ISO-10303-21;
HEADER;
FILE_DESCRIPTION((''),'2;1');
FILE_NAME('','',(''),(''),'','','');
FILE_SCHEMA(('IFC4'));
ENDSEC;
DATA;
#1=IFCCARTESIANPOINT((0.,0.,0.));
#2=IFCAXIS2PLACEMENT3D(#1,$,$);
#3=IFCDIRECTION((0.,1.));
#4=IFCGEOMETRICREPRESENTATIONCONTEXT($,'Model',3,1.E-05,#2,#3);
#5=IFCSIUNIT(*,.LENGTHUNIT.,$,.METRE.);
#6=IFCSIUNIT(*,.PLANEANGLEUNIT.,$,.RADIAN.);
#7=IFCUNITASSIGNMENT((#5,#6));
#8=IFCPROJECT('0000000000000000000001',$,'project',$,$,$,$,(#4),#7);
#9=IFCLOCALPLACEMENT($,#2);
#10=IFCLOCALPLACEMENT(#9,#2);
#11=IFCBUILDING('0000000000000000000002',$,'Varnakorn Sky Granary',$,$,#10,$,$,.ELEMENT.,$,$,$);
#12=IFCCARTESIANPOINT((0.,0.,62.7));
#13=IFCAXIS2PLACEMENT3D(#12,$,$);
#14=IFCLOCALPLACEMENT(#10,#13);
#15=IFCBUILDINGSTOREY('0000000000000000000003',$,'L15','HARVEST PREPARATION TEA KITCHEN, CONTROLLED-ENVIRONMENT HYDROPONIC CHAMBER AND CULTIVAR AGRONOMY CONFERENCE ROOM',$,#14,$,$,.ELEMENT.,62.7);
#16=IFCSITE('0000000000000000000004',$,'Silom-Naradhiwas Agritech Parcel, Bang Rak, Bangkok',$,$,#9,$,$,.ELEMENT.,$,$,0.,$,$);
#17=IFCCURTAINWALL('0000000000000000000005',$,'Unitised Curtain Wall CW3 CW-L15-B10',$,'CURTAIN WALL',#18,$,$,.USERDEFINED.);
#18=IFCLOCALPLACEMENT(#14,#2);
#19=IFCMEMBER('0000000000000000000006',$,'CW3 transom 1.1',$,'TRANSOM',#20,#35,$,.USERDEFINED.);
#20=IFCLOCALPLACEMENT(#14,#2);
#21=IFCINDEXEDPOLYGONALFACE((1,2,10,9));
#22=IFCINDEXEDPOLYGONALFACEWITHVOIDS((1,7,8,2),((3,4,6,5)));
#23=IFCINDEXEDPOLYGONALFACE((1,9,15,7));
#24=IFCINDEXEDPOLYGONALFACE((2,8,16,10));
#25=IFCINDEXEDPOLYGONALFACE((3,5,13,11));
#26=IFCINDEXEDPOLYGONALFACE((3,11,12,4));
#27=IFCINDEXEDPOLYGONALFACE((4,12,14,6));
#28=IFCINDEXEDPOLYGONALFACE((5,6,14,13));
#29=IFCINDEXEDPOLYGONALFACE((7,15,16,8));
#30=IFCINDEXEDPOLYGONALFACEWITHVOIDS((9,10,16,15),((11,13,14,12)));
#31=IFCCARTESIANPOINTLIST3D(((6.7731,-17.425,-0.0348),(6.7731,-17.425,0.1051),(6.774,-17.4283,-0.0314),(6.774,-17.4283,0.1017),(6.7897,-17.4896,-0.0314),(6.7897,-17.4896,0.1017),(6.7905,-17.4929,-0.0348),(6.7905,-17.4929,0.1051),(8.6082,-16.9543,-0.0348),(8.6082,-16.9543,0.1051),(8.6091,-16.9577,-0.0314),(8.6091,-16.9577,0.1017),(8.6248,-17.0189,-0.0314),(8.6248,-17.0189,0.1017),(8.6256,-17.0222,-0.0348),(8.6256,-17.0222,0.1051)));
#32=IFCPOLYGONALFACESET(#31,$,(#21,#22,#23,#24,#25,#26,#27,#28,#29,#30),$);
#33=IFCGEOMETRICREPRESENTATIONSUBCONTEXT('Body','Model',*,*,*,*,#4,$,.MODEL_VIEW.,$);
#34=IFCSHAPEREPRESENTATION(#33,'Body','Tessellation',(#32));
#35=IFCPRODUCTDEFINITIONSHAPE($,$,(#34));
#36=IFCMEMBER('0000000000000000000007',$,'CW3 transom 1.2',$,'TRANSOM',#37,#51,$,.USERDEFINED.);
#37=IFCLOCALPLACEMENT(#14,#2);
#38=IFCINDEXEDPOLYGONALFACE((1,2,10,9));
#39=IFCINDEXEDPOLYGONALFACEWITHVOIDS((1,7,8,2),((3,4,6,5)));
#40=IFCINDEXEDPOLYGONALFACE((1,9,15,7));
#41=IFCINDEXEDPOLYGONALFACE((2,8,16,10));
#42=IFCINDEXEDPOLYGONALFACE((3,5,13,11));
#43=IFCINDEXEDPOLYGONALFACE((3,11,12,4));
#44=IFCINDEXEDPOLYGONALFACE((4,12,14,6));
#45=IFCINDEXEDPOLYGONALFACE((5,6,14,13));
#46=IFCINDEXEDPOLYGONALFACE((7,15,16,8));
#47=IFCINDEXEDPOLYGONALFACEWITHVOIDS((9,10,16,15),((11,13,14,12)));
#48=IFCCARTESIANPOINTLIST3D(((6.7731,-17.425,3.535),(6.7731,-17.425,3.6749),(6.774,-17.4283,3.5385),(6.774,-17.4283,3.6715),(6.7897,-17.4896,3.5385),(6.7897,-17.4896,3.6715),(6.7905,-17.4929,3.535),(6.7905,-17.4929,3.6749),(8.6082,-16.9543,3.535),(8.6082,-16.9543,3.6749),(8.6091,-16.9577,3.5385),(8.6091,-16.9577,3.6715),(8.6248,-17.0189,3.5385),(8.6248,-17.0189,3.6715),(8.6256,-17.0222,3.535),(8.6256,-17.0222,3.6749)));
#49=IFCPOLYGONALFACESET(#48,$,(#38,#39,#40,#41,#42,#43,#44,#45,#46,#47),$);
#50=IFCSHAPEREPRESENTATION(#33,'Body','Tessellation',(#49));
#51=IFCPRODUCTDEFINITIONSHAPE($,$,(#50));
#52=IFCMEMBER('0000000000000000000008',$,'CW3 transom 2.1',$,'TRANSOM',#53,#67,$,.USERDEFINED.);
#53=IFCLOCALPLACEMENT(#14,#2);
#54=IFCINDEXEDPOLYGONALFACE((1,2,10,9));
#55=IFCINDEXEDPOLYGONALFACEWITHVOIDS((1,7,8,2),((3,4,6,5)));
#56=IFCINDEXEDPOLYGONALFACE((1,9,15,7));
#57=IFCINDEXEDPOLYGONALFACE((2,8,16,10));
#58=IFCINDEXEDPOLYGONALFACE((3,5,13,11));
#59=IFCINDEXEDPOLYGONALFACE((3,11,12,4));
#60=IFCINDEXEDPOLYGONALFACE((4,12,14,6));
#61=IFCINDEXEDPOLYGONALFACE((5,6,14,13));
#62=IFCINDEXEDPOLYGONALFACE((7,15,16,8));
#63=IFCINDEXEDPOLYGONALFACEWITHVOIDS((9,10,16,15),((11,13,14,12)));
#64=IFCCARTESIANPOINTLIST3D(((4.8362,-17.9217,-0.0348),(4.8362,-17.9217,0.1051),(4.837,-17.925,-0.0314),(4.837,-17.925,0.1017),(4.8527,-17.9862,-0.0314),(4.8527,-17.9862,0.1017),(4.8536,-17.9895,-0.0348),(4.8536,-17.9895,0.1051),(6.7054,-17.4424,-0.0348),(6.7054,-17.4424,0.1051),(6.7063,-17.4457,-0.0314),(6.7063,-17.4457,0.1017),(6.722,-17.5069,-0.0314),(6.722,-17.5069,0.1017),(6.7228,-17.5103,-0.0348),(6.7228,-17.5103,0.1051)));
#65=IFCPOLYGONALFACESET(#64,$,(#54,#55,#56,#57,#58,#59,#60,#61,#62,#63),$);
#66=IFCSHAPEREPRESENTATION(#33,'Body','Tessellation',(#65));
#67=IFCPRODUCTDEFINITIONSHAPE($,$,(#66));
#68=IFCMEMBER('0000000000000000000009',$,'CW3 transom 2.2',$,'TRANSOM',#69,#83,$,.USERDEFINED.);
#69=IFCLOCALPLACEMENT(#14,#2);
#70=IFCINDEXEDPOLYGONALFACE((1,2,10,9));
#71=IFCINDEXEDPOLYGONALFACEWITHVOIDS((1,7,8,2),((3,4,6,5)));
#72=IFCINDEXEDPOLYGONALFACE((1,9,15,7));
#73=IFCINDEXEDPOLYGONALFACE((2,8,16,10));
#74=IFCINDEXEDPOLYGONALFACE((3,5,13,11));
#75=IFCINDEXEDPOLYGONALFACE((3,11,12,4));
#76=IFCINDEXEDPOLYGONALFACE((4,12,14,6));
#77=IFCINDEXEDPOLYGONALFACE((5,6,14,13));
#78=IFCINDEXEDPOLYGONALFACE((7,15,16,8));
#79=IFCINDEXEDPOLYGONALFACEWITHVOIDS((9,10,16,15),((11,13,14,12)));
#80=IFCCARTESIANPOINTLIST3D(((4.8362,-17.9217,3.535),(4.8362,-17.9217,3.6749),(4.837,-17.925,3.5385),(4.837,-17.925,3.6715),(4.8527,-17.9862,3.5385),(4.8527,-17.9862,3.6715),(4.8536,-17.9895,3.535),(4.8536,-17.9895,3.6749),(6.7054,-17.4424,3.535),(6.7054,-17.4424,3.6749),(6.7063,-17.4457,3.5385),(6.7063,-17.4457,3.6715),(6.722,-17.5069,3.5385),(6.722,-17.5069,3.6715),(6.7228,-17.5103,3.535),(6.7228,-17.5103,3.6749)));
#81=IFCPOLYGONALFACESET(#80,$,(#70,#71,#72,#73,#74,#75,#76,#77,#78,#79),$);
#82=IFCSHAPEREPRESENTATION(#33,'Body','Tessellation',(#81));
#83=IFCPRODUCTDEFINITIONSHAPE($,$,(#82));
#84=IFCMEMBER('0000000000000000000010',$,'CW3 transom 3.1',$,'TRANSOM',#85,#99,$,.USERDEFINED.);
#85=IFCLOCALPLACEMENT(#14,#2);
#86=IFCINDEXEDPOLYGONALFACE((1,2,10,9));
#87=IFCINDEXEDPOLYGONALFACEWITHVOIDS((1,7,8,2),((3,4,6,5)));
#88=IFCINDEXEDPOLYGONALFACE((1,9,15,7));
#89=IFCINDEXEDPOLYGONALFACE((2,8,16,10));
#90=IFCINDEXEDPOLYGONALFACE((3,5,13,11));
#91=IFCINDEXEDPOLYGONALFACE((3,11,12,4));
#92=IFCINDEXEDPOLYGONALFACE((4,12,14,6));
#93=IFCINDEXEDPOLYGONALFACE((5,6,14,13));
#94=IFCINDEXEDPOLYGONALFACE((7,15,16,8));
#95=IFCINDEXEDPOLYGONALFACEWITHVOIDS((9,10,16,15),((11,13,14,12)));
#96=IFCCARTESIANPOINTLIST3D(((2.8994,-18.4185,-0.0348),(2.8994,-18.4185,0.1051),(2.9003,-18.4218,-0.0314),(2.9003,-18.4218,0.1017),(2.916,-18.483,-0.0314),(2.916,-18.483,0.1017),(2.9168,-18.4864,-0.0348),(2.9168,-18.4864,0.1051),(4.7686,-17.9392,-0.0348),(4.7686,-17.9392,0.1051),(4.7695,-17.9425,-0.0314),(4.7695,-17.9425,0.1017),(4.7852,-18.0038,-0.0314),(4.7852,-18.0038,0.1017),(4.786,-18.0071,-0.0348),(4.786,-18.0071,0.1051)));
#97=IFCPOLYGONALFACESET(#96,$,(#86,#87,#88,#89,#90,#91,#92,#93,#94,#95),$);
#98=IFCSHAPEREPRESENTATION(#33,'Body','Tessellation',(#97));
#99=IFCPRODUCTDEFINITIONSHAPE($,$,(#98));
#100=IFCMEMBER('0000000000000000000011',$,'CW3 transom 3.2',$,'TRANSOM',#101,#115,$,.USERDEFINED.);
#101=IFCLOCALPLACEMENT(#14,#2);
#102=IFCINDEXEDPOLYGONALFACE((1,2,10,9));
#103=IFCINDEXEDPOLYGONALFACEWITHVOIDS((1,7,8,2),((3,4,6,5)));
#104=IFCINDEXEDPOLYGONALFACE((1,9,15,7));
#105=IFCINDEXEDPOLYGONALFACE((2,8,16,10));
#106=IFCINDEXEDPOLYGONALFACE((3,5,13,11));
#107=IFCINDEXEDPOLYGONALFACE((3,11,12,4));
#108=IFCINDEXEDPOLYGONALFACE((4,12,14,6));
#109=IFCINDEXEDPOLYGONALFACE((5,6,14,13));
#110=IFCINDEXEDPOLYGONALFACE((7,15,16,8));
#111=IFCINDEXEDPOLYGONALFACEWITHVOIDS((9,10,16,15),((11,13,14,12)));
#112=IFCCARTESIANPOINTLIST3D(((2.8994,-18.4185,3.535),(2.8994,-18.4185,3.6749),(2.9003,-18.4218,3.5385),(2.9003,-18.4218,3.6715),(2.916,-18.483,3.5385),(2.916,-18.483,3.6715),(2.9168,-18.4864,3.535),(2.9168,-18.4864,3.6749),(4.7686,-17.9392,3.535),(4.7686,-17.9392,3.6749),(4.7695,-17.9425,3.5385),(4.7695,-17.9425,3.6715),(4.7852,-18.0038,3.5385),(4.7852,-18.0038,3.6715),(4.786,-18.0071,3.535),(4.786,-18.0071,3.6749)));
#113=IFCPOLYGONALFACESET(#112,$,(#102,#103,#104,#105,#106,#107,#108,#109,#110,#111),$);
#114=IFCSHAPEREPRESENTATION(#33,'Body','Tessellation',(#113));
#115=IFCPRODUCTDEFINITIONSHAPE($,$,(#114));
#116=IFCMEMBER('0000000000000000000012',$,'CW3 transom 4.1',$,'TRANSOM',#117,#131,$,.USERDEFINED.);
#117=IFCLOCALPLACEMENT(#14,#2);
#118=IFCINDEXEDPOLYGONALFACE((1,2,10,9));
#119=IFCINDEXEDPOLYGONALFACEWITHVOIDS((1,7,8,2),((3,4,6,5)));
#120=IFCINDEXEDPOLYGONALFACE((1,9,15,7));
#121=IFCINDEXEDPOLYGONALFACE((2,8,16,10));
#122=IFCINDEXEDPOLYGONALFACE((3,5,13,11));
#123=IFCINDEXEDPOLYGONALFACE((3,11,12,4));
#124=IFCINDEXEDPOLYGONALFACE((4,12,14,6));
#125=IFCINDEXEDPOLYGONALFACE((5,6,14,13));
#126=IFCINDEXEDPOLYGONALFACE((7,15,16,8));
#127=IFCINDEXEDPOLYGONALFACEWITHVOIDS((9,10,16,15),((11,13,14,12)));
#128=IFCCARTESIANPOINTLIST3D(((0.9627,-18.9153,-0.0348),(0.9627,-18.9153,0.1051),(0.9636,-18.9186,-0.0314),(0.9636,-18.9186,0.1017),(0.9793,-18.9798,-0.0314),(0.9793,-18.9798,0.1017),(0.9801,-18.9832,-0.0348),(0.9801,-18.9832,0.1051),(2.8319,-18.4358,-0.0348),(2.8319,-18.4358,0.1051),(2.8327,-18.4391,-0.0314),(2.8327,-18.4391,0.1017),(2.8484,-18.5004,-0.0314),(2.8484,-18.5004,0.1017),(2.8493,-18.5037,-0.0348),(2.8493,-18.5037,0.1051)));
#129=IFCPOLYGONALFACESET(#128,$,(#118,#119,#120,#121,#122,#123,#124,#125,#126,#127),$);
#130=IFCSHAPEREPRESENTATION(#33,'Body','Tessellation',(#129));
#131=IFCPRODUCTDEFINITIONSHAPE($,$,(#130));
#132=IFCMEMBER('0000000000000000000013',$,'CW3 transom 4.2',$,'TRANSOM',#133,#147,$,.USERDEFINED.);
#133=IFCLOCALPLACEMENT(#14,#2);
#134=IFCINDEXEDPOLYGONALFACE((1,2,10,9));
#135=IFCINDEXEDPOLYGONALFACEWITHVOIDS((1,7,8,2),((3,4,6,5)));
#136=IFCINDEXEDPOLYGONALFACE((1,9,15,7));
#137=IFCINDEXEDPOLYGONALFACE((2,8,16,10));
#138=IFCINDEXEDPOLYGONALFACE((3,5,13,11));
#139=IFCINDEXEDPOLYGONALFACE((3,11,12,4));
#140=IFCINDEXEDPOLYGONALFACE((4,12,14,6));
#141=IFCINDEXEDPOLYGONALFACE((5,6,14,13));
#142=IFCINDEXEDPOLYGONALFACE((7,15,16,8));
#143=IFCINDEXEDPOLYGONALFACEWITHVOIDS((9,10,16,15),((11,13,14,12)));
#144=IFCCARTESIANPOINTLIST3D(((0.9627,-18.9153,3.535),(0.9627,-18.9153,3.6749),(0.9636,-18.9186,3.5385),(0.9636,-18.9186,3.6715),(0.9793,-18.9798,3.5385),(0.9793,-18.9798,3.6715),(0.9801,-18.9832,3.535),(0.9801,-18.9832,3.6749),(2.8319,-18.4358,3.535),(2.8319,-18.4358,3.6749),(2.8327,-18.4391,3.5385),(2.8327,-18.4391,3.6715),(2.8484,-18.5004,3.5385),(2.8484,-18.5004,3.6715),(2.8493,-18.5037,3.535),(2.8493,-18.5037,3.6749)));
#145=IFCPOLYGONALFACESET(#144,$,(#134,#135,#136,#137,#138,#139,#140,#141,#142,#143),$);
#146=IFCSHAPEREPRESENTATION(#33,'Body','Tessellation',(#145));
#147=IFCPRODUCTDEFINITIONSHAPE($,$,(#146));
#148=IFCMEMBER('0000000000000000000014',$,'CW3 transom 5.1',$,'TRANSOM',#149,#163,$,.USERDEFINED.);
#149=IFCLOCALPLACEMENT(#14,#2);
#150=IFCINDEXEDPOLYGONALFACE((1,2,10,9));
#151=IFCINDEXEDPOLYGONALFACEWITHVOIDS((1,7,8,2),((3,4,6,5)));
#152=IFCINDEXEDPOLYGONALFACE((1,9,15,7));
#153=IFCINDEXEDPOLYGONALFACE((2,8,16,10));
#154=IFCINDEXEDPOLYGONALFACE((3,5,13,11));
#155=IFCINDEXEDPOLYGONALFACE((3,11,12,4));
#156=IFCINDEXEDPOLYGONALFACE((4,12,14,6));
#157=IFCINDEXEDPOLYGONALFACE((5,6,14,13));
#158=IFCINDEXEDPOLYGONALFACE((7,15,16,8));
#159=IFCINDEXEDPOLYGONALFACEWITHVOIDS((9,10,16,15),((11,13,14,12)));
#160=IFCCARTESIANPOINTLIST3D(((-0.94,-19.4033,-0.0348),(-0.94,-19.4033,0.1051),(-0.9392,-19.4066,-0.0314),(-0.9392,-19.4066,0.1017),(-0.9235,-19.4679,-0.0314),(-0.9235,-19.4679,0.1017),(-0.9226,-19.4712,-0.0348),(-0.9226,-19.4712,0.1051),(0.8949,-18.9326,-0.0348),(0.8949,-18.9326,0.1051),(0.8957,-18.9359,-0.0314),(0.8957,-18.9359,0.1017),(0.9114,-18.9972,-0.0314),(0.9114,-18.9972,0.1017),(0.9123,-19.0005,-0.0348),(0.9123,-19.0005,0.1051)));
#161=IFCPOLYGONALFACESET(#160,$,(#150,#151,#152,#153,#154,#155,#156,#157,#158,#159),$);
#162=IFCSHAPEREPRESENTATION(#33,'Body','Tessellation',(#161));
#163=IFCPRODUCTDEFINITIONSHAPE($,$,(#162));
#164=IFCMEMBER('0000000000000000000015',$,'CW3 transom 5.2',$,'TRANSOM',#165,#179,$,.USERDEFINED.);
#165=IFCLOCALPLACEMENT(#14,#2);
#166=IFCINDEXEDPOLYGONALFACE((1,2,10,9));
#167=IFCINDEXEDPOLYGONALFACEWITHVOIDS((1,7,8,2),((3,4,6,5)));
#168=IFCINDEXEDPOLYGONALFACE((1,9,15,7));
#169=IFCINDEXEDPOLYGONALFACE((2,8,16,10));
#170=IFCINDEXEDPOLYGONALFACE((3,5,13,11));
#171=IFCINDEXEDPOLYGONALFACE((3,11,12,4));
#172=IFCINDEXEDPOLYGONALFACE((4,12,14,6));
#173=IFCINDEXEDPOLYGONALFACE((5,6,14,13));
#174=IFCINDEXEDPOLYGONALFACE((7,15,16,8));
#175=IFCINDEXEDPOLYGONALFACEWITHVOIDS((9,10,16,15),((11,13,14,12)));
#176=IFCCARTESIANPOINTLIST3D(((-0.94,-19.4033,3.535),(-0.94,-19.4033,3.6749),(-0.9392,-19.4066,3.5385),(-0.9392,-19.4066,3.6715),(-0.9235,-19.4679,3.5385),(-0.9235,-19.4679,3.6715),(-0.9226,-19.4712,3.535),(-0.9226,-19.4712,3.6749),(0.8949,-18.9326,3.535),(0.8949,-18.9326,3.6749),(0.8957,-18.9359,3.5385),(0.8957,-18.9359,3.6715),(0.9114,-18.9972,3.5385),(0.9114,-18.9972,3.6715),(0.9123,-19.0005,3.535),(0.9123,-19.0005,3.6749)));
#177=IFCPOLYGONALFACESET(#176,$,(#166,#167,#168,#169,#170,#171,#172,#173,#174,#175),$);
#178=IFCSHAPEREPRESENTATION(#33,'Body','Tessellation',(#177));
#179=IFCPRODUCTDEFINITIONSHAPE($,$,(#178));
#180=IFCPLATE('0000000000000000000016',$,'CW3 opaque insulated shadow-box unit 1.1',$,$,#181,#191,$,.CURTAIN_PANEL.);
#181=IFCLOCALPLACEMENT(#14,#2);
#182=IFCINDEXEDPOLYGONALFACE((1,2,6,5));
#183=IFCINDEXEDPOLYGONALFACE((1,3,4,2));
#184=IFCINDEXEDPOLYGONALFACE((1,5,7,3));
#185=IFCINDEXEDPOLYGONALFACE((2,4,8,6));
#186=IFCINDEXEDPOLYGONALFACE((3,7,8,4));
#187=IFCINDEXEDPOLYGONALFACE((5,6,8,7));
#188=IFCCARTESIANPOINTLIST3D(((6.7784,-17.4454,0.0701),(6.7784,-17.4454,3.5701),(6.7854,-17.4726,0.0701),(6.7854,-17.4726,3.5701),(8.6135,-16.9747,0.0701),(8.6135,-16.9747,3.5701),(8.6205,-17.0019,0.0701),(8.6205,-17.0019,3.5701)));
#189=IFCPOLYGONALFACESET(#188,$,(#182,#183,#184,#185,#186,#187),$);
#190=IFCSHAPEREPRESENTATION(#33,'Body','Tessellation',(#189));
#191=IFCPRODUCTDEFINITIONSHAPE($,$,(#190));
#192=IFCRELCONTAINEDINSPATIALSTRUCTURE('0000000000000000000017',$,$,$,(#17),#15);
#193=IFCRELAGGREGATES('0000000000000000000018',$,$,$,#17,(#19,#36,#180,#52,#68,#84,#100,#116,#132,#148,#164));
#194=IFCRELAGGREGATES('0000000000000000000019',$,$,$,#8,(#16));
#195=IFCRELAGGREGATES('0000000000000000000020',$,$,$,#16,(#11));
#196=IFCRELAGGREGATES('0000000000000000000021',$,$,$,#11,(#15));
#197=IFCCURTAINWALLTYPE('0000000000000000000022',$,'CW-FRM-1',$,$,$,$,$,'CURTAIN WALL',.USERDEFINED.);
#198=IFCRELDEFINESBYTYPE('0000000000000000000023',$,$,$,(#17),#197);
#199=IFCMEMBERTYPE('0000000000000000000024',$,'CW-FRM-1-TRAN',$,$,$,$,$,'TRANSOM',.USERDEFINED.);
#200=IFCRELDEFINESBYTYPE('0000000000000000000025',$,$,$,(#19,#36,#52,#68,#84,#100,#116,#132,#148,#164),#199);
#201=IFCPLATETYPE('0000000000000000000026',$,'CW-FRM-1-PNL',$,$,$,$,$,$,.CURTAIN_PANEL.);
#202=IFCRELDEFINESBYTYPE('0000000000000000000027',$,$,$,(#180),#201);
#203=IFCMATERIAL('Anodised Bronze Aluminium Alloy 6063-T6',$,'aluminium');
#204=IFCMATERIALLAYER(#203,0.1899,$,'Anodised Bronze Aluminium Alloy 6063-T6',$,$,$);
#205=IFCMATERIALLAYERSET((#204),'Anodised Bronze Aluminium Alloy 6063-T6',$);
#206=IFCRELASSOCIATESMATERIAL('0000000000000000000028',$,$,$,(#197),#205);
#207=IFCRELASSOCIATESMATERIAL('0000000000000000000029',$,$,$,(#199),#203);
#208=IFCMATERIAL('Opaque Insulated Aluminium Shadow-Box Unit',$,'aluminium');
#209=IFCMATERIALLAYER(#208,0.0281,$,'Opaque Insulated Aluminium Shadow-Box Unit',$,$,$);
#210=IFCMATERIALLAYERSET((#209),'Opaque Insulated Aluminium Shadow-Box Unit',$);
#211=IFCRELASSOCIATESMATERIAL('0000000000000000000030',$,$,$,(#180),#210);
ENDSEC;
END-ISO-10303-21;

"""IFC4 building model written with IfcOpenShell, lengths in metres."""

from ifc_helpers import new_model, si_unit, direction, frame, origin, origin_2d, place, context, subcontext, project, spatial, rectangle, hollow_rectangle, extrude, source, transform, mapped, material, layer, layer_set, material_profile, profile_set, type_object, element, aggregate, save


model = new_model("IFC4")

# Units and contexts
model_context = context("Model", 3, precision=1e-05, world=origin(), true_north=direction((0.0, 1.0)))
body_context = subcontext(model_context, "Body", "Model", "MODEL_VIEW")
ifc_project = project(units=[si_unit("LENGTHUNIT", "METRE"), si_unit("PLANEANGLEUNIT", "RADIAN")], contexts=[model_context])

# Site, building, storey
site_placement = place(None, origin())
site = spatial("IfcSite", under=ifc_project, at=site_placement, Name="Silom-Naradhiwas Agritech Parcel, Bang Rak, Bangkok", CompositionType="ELEMENT", RefElevation=0.0)
building_placement = place(site_placement, origin())
building = spatial("IfcBuilding", under=site, at=building_placement, Name="Varnakorn Sky Granary", CompositionType="ELEMENT")
storey_placement = place(building_placement, frame((0.0, 0.0, 62.7)))
storey = spatial("IfcBuildingStorey", under=building, at=storey_placement, Name="L15", Description="HARVEST PREPARATION TEA KITCHEN, CONTROLLED-ENVIRONMENT HYDROPONIC CHAMBER AND CULTIVAR AGRONOMY CONFERENCE ROOM", CompositionType="ELEMENT", Elevation=62.7)

# Curtain wall, members, plate
ifc_material_1 = material(Name="Anodised Bronze Aluminium Alloy 6063-T6", Category="aluminium")
ifc_layer_1 = layer(ifc_material_1, 0.1899, Name="Anodised Bronze Aluminium Alloy 6063-T6")
ifc_layer_set_1 = layer_set([ifc_layer_1], Name="Anodised Bronze Aluminium Alloy 6063-T6")
curtain_wall_type = type_object("IfcCurtainWallType", Name="CW-FRM-1", ElementType="CURTAIN WALL", PredefinedType="USERDEFINED", material=ifc_layer_set_1)
curtain_wall_placement = place(storey_placement, origin())
curtain_wall = element("IfcCurtainWall", 1, at=curtain_wall_placement, inside=storey, type_object=curtain_wall_type, Name="Unitised Curtain Wall CW3 CW-L15-B10", ObjectType="CURTAIN WALL", PredefinedType="USERDEFINED")
ifc_material_profile_1 = material_profile(ifc_material_1, hollow_rectangle(XDim=0.0701, YDim=0.1399, WallThickness=0.0034, at=origin_2d()), Name="ALU TRAN 70x140")
ifc_profile_set_1 = profile_set([ifc_material_profile_1], Name="Anodised Bronze Aluminium Alloy 6063-T6")
member_type_1 = type_object("IfcMemberType", Name="CW-FRM-1-TRAN", ElementType="TRANSOM", PredefinedType="USERDEFINED", material=ifc_profile_set_1)
member_1_placement = place(storey_placement, frame((8.6169, -16.9883, 0.0352), z_axis=(-0.968646, -0.248444, 0.0), x_axis=(0.248444, -0.968646, 0.0)))
member_1 = element("IfcMember", 2, at=member_1_placement, type_object=member_type_1, Name="CW3 transom 1.1", ObjectType="TRANSOM", PredefinedType="USERDEFINED", context=body_context, shape_type="SweptSolid", body=[
    extrude(hollow_rectangle(XDim=0.0701, YDim=0.1399, WallThickness=0.0034, at=origin_2d()), origin(), (0.0, 0.0, 1.0), 1.8945),
])
member_2_placement = place(storey_placement, frame((8.6169, -16.9883, 3.605), z_axis=(-0.968646, -0.248444, 0.0), x_axis=(0.248444, -0.968646, 0.0)))
member_2 = element("IfcMember", 3, at=member_2_placement, type_object=member_type_1, Name="CW3 transom 1.2", ObjectType="TRANSOM", PredefinedType="USERDEFINED", context=body_context, shape_type="SweptSolid", body=[
    extrude(hollow_rectangle(XDim=0.0701, YDim=0.1399, WallThickness=0.0034, at=origin_2d()), origin(), (0.0, 0.0, 1.0), 1.8945),
])
member_3_placement = place(storey_placement, frame((6.7141, -17.4763, 0.0352), z_axis=(-0.968666, -0.248366, 0.0), x_axis=(0.248366, -0.968666, 0.0)))
member_3 = element("IfcMember", 4, at=member_3_placement, type_object=member_type_1, Name="CW3 transom 2.1", ObjectType="TRANSOM", PredefinedType="USERDEFINED", context=body_context, shape_type="SweptSolid", body=[
    extrude(hollow_rectangle(XDim=0.0701, YDim=0.1399, WallThickness=0.0034, at=origin_2d()), origin(), (0.0, 0.0, 1.0), 1.9297),
])
member_4_placement = place(storey_placement, frame((6.7141, -17.4763, 3.605), z_axis=(-0.968666, -0.248366, 0.0), x_axis=(0.248366, -0.968666, 0.0)))
member_4 = element("IfcMember", 5, at=member_4_placement, type_object=member_type_1, Name="CW3 transom 2.2", ObjectType="TRANSOM", PredefinedType="USERDEFINED", context=body_context, shape_type="SweptSolid", body=[
    extrude(hollow_rectangle(XDim=0.0701, YDim=0.1399, WallThickness=0.0034, at=origin_2d()), origin(), (0.0, 0.0, 1.0), 1.9297),
])
member_5_placement = place(storey_placement, frame((4.7773, -17.9731, 0.0352), z_axis=(-0.968666, -0.248366, 0.0), x_axis=(0.248366, -0.968666, 0.0)))
member_5 = element("IfcMember", 6, at=member_5_placement, type_object=member_type_1, Name="CW3 transom 3.1", ObjectType="TRANSOM", PredefinedType="USERDEFINED", context=body_context, shape_type="SweptSolid", body=[
    extrude(hollow_rectangle(XDim=0.0701, YDim=0.1399, WallThickness=0.0034, at=origin_2d()), origin(), (0.0, 0.0, 1.0), 1.9297),
])
member_6_placement = place(storey_placement, frame((4.7773, -17.9731, 3.605), z_axis=(-0.968666, -0.248366, 0.0), x_axis=(0.248366, -0.968666, 0.0)))
member_6 = element("IfcMember", 7, at=member_6_placement, type_object=member_type_1, Name="CW3 transom 3.2", ObjectType="TRANSOM", PredefinedType="USERDEFINED", context=body_context, shape_type="SweptSolid", body=[
    extrude(hollow_rectangle(XDim=0.0701, YDim=0.1399, WallThickness=0.0034, at=origin_2d()), origin(), (0.0, 0.0, 1.0), 1.9297),
])
member_7_placement = place(storey_placement, frame((2.8406, -18.4697, 0.0352), z_axis=(-0.968636, -0.248485, 0.0), x_axis=(0.248485, -0.968636, 0.0)))
member_7 = element("IfcMember", 8, at=member_7_placement, type_object=member_type_1, Name="CW3 transom 4.1", ObjectType="TRANSOM", PredefinedType="USERDEFINED", context=body_context, shape_type="SweptSolid", body=[
    extrude(hollow_rectangle(XDim=0.0701, YDim=0.1399, WallThickness=0.0034, at=origin_2d()), origin(), (0.0, 0.0, 1.0), 1.9297),
])
member_8_placement = place(storey_placement, frame((2.8406, -18.4697, 3.605), z_axis=(-0.968636, -0.248485, 0.0), x_axis=(0.248485, -0.968636, 0.0)))
member_8 = element("IfcMember", 9, at=member_8_placement, type_object=member_type_1, Name="CW3 transom 4.2", ObjectType="TRANSOM", PredefinedType="USERDEFINED", context=body_context, shape_type="SweptSolid", body=[
    extrude(hollow_rectangle(XDim=0.0701, YDim=0.1399, WallThickness=0.0034, at=origin_2d()), origin(), (0.0, 0.0, 1.0), 1.9297),
])
member_9_placement = place(storey_placement, frame((0.9036, -18.9666, 0.0352), z_axis=(-0.968638, -0.248475, 0.0), x_axis=(0.248475, -0.968638, 0.0)))
member_9 = element("IfcMember", 10, at=member_9_placement, type_object=member_type_1, Name="CW3 transom 5.1", ObjectType="TRANSOM", PredefinedType="USERDEFINED", context=body_context, shape_type="SweptSolid", body=[
    extrude(hollow_rectangle(XDim=0.0701, YDim=0.1399, WallThickness=0.0034, at=origin_2d()), origin(), (0.0, 0.0, 1.0), 1.8943),
])
member_10_placement = place(storey_placement, frame((0.9036, -18.9666, 3.605), z_axis=(-0.968638, -0.248475, 0.0), x_axis=(0.248475, -0.968638, 0.0)))
member_10 = element("IfcMember", 11, at=member_10_placement, type_object=member_type_1, Name="CW3 transom 5.2", ObjectType="TRANSOM", PredefinedType="USERDEFINED", context=body_context, shape_type="SweptSolid", body=[
    extrude(hollow_rectangle(XDim=0.0701, YDim=0.1399, WallThickness=0.0034, at=origin_2d()), origin(), (0.0, 0.0, 1.0), 1.8943),
])
ifc_material_2 = material(Name="Opaque Insulated Aluminium Shadow-Box Unit", Category="aluminium")
ifc_layer_2 = layer(ifc_material_2, 0.0281, Name="Opaque Insulated Aluminium Shadow-Box Unit")
ifc_layer_set_2 = layer_set([ifc_layer_2], Name="Opaque Insulated Aluminium Shadow-Box Unit")
plate_type = type_object("IfcPlateType", Name="CW-FRM-1-PNL", PredefinedType="CURTAIN_PANEL")
shared_shape_1 = source(origin(), body_context, "Body", "SweptSolid", [
    extrude(rectangle(XDim=1.8945, YDim=0.0281, at=origin_2d()), origin(), (0.0, 0.0, 1.0), 3.5),
])
plate_1_placement = place(storey_placement, frame((7.6995, -17.2236, 0.0701), z_axis=(0.0, 0.0, 1.0), x_axis=(-0.968648, -0.248436, 0.0)))
plate_1 = element("IfcPlate", 12, at=plate_1_placement, type_object=plate_type, material=ifc_layer_set_2, Name="CW3 opaque insulated shadow-box unit 1.1", PredefinedType="CURTAIN_PANEL", context=body_context, shape_type="MappedRepresentation", body=[
    mapped(shared_shape_1, transform((0.0, 0.0, 0.0), x_axis=(1.0, 0.0, 0.0), y_axis=(0.0, 1.0, 0.0), z_axis=(0.0, 0.0, 1.0), scale=1.0)),
])
aggregate(curtain_wall, [member_1, member_2, plate_1, member_3, member_4, member_5, member_6, member_7, member_8, member_9, member_10])

save(model, "model.ifc")
